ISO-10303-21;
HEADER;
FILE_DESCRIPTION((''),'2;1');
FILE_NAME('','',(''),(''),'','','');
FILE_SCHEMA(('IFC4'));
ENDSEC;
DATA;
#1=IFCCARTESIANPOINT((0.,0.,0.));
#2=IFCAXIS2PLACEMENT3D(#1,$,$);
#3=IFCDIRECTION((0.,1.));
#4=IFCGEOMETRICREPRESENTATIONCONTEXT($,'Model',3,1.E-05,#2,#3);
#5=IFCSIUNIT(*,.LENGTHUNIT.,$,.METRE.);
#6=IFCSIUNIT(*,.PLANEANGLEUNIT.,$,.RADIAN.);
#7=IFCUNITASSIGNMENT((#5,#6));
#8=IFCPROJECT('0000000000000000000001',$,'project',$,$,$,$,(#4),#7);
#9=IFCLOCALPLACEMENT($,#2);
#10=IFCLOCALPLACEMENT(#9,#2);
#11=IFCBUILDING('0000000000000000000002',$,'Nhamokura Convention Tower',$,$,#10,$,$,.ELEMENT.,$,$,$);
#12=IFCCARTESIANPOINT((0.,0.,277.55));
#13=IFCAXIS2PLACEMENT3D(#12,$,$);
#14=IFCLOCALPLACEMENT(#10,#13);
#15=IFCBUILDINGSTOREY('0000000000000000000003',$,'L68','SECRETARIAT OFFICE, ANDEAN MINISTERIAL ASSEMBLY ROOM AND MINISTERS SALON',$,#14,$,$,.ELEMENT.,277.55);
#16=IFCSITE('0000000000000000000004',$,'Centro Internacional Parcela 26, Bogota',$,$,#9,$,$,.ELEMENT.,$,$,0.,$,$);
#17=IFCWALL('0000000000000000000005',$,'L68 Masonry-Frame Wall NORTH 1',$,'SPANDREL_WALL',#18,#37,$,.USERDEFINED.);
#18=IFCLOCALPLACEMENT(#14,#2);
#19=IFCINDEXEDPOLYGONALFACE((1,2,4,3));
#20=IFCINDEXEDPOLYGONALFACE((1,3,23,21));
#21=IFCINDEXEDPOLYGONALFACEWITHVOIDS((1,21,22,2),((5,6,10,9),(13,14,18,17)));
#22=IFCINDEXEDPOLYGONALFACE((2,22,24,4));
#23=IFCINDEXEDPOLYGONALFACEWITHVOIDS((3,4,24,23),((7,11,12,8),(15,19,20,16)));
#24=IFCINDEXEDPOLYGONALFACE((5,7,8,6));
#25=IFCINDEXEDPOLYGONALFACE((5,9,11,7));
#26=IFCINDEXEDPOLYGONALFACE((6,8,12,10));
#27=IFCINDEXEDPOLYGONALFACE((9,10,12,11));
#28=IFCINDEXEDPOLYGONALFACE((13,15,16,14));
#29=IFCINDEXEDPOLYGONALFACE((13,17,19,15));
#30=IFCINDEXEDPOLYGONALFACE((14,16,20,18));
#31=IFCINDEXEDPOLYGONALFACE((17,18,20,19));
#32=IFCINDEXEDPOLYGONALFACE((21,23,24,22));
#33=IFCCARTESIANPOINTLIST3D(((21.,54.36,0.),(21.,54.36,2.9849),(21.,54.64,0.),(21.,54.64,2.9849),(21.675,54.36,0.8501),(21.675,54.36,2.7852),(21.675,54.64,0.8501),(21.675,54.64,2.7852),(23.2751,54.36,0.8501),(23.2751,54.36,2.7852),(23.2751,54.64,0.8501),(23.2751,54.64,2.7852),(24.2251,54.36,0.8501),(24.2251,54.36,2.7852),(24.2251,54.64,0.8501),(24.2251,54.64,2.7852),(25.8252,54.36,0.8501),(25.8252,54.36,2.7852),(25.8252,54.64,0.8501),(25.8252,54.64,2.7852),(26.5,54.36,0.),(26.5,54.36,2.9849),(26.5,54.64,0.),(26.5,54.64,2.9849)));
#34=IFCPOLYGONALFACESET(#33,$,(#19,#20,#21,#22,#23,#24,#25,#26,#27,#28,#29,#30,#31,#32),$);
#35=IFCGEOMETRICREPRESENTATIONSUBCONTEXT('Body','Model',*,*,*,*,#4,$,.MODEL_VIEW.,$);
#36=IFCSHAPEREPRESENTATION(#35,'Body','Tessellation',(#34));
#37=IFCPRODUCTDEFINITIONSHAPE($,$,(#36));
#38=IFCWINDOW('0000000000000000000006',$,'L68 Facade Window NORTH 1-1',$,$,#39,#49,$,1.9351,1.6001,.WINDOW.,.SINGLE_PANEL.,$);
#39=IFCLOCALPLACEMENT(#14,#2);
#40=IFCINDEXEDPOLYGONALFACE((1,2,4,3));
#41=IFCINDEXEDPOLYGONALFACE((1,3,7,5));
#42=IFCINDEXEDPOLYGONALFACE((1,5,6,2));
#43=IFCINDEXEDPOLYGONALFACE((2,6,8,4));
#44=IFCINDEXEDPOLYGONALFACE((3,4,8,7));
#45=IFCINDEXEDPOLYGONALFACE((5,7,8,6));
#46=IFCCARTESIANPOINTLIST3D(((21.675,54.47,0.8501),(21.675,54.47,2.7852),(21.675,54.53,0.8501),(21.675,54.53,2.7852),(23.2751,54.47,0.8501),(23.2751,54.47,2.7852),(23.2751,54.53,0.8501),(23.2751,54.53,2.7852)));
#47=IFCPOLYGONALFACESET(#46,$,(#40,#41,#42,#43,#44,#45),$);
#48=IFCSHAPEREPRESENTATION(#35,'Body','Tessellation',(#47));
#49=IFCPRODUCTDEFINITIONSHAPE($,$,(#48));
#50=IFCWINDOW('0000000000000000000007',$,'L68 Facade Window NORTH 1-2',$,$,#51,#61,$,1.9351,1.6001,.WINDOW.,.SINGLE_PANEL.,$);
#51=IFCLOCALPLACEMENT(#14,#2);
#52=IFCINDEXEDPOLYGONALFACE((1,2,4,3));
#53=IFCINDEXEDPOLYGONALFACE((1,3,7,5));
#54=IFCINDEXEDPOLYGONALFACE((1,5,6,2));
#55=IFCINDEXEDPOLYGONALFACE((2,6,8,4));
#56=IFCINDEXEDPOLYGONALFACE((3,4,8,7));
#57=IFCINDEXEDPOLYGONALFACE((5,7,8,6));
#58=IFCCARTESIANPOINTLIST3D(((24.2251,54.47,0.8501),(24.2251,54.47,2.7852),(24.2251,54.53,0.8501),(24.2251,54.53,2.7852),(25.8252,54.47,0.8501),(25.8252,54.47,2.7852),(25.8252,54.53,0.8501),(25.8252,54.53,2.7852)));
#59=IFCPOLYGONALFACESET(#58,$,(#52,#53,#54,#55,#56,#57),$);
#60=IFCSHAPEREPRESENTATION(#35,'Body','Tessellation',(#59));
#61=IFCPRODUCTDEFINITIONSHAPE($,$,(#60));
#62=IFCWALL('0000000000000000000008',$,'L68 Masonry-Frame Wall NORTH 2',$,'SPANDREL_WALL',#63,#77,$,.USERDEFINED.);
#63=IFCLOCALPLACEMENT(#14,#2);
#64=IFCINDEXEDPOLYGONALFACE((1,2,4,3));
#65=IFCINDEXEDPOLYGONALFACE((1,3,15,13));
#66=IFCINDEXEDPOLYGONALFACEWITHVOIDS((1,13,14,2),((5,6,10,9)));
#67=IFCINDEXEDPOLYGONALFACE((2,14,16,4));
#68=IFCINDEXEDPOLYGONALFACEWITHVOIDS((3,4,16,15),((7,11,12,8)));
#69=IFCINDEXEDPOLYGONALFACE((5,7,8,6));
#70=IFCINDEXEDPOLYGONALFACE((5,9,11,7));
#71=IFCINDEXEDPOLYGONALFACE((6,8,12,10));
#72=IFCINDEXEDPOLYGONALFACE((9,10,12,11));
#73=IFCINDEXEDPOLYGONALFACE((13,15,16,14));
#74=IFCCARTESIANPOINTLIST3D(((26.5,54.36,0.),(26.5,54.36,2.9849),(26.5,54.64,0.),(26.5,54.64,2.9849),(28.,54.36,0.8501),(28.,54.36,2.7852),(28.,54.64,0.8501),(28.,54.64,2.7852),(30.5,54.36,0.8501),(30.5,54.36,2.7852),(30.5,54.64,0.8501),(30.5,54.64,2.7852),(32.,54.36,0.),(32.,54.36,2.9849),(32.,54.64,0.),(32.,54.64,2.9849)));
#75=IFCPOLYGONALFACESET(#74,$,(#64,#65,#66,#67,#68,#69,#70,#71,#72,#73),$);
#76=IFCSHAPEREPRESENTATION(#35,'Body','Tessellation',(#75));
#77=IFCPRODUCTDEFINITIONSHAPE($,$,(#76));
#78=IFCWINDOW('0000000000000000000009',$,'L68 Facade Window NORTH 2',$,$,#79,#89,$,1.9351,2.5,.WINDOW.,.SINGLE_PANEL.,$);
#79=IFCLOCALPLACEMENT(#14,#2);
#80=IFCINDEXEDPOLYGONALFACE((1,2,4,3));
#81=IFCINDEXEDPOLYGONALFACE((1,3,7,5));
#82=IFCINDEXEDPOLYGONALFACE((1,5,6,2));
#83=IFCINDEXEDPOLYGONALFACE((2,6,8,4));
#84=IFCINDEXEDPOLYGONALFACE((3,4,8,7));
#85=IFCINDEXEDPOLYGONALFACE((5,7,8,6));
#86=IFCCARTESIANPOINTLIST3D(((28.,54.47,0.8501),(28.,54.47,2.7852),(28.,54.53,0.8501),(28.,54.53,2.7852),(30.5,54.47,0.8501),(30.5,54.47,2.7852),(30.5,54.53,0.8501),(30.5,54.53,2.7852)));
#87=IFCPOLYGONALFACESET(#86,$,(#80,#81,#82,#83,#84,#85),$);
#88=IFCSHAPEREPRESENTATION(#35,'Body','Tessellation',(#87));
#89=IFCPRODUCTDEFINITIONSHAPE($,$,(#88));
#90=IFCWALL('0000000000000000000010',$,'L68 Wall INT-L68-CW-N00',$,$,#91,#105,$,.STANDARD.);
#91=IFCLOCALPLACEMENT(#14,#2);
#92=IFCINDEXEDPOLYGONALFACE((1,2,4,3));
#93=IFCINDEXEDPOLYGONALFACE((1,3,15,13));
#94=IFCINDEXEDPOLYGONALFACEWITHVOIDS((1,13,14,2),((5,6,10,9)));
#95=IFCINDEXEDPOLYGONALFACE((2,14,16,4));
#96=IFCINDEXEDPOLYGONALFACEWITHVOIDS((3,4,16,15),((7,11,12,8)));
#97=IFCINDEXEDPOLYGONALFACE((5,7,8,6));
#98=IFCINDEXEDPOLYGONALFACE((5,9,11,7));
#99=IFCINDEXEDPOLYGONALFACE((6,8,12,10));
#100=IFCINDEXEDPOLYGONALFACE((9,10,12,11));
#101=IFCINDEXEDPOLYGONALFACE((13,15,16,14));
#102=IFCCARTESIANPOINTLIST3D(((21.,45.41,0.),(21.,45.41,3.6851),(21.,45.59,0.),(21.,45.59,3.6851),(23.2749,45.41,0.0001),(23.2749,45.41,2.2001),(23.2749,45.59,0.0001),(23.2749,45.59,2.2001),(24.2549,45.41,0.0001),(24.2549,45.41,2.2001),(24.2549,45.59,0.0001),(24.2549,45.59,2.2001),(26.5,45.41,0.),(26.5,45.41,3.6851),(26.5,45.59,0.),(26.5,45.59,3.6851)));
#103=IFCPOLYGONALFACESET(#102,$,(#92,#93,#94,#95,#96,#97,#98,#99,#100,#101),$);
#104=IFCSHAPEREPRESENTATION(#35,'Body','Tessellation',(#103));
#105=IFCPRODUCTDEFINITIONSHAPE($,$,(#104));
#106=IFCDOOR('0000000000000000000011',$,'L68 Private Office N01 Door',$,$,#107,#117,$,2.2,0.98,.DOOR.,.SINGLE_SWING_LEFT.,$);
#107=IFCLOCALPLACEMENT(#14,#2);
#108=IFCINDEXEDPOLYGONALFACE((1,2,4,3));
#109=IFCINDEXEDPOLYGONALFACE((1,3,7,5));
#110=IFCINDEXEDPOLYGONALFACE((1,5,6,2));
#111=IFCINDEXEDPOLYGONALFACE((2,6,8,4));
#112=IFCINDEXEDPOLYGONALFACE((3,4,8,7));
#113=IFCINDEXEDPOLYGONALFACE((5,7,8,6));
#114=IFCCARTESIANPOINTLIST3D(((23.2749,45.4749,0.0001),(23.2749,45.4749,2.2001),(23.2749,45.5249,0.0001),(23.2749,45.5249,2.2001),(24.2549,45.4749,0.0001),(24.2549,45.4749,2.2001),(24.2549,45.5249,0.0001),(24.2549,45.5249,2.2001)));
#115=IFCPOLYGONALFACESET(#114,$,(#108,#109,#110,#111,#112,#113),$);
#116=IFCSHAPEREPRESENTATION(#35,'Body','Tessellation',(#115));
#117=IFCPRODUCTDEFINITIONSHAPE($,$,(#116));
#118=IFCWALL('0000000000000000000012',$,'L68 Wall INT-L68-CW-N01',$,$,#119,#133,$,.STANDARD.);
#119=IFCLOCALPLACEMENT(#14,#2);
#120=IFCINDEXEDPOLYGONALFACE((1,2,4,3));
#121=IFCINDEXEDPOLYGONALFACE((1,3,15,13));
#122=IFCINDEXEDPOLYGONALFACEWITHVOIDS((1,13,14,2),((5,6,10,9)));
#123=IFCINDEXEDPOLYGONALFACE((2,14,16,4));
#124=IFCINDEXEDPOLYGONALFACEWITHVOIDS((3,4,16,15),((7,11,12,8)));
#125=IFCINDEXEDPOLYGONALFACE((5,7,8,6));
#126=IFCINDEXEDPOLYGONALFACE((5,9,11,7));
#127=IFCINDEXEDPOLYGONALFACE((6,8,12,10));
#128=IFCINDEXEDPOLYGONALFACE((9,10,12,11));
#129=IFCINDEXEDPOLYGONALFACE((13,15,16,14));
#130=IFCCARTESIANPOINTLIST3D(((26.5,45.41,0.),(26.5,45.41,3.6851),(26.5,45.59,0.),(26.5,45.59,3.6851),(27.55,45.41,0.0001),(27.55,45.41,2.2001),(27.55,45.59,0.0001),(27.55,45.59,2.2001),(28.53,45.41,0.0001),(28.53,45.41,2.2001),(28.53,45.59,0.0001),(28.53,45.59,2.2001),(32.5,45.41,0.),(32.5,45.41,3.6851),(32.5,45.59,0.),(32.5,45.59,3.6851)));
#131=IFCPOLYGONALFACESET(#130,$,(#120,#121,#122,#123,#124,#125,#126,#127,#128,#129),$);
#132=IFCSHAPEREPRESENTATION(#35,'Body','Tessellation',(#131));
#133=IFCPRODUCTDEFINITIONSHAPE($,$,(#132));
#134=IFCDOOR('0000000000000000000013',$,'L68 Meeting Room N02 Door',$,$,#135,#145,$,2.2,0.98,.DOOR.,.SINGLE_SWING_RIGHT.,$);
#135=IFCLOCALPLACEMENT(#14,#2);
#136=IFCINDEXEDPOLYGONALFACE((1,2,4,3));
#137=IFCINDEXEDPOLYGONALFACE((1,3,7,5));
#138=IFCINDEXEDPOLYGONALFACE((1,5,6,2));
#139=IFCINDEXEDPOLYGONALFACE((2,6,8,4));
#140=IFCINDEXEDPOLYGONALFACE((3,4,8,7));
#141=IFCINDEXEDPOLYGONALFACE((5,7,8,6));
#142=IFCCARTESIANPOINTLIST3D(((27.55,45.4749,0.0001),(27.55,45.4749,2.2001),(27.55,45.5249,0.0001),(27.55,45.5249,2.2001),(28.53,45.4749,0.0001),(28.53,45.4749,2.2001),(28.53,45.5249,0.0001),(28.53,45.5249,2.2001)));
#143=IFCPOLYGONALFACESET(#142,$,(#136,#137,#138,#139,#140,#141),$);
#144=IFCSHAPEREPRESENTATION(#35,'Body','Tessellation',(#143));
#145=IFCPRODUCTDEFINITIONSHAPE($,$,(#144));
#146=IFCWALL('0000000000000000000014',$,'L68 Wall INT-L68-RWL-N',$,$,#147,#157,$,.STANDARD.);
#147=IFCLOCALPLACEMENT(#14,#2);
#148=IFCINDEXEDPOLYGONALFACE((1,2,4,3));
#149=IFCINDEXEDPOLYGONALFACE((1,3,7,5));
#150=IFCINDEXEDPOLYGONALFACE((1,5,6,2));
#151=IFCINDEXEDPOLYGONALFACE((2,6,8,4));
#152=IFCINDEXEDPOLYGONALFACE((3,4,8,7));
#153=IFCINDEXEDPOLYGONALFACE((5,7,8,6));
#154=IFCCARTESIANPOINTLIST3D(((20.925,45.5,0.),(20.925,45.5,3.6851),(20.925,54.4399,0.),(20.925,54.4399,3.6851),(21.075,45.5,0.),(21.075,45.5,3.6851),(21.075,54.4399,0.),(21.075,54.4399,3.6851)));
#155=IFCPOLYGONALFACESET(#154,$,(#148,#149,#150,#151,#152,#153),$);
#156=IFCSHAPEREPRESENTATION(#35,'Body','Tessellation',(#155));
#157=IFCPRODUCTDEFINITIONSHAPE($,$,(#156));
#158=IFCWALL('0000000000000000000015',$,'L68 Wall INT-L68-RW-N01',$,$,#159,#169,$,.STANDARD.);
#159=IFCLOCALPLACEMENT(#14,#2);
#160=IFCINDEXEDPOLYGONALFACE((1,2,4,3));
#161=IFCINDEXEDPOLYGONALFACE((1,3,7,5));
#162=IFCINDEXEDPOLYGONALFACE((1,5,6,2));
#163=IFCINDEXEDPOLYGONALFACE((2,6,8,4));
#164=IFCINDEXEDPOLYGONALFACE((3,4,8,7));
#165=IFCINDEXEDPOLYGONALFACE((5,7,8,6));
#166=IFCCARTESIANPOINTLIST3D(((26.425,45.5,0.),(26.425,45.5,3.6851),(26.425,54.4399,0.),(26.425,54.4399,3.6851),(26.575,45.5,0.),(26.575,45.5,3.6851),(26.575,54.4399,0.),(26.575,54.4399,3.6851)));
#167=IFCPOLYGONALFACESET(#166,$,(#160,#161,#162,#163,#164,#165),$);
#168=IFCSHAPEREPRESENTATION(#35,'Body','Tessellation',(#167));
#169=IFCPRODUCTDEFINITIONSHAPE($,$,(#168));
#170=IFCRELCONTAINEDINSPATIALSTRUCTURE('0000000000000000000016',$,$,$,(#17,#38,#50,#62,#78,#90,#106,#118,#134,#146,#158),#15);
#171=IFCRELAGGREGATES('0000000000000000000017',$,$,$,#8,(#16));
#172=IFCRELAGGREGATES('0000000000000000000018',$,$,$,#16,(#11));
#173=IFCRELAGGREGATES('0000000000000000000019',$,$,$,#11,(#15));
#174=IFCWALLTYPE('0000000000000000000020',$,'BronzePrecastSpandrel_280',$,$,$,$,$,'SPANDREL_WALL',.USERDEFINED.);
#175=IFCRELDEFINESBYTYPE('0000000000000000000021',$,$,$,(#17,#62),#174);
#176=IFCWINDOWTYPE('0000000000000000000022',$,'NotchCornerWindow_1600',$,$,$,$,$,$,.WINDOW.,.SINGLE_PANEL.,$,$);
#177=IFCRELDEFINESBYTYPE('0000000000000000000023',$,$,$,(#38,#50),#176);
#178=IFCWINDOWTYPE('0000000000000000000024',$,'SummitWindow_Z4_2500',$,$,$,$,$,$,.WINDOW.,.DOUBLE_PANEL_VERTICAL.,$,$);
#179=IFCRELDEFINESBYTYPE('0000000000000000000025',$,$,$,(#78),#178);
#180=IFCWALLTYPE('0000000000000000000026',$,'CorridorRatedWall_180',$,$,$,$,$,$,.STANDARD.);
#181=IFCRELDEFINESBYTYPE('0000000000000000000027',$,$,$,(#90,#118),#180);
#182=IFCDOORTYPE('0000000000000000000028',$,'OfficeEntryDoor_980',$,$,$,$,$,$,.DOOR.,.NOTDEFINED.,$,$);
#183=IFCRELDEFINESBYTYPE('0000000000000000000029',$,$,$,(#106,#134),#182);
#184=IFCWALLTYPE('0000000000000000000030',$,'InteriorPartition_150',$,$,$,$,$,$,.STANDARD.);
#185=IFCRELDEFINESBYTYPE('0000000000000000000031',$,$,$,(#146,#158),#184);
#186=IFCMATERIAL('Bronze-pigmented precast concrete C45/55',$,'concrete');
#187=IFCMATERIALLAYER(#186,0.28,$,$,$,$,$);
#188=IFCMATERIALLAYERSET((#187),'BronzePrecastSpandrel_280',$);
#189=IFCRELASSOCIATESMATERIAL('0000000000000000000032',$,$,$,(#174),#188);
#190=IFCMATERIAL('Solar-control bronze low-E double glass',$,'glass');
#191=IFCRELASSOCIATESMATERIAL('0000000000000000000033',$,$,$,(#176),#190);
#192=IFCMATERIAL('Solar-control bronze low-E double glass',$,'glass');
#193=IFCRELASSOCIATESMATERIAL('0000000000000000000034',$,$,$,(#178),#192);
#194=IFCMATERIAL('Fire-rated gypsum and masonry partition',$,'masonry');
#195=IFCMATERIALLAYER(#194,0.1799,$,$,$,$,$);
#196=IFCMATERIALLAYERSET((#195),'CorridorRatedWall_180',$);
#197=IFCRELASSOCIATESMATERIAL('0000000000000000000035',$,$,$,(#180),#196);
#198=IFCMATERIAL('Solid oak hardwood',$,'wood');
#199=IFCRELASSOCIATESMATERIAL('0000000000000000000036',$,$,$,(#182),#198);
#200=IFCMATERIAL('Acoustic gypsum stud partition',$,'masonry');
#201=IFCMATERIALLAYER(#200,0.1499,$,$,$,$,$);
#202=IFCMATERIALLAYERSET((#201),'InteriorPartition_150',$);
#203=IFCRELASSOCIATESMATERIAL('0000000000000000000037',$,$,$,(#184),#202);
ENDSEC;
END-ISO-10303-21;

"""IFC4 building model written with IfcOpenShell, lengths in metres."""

from ifc_helpers import new_model, si_unit, direction, frame, frame_2d, origin, place, context, subcontext, project, spatial, rectangle, extrude, material, layer, layer_set, type_object, element, fill, save


model = new_model("IFC4")

# Units and contexts
model_context = context("Model", 3, precision=1e-05, world=origin(), true_north=direction((0.0, 1.0)))
body_context = subcontext(model_context, "Body", "Model", "MODEL_VIEW")
ifc_project = project(units=[si_unit("LENGTHUNIT", "METRE"), si_unit("PLANEANGLEUNIT", "RADIAN")], contexts=[model_context])

# Site, building, storey
site_placement = place(None, origin())
site = spatial("IfcSite", under=ifc_project, at=site_placement, Name="Centro Internacional Parcela 26, Bogota", CompositionType="ELEMENT", RefElevation=0.0)
building_placement = place(site_placement, origin())
building = spatial("IfcBuilding", under=site, at=building_placement, Name="Nhamokura Convention Tower", CompositionType="ELEMENT")
storey_placement = place(building_placement, frame((0.0, 0.0, 277.55)))
storey = spatial("IfcBuildingStorey", under=building, at=storey_placement, Name="L68", Description="SECRETARIAT OFFICE, ANDEAN MINISTERIAL ASSEMBLY ROOM AND MINISTERS SALON", CompositionType="ELEMENT", Elevation=277.55)

# Wall, openings, windows
ifc_material_1 = material(Name="Bronze-pigmented precast concrete C45/55", Category="concrete")
ifc_layer_1 = layer(ifc_material_1, 0.28)
ifc_layer_set_1 = layer_set([ifc_layer_1], Name="BronzePrecastSpandrel_280")
wall_type_1 = type_object("IfcWallType", Name="BronzePrecastSpandrel_280", ElementType="SPANDREL_WALL", PredefinedType="USERDEFINED", material=ifc_layer_set_1)
wall_1_placement = place(storey_placement, frame((21.0, 54.5, 0.0), z_axis=(0.0, 0.0, 1.0), x_axis=(1.0, 0.0, 0.0)))
wall_1 = element("IfcWall", 1, at=wall_1_placement, inside=storey, type_object=wall_type_1, Name="L68 Masonry-Frame Wall NORTH 1", ObjectType="SPANDREL_WALL", PredefinedType="USERDEFINED", context=body_context, shape_type="SweptSolid", body=[
    extrude(rectangle(XDim=5.5, YDim=0.28, at=frame_2d((2.75, 0.0))), origin(), (0.0, 0.0, 1.0), 2.9849),
])
opening_1_placement = place(wall_1_placement, frame((0.675, 0.0, 0.8501)))
opening_1 = element("IfcOpeningElement", 2, at=opening_1_placement, cuts=wall_1, PredefinedType="OPENING", context=body_context, shape_type="SweptSolid", body=[
    extrude(rectangle(XDim=1.6001, YDim=1.9351, at=frame_2d((0.8, 0.9675))), frame((0.0, 0.1499, 0.0), z_axis=(0.0, -1.0, 0.0), x_axis=(1.0, 0.0, 0.0)), (0.0, 0.0, 1.0), 0.3),
])
opening_2_placement = place(wall_1_placement, frame((3.2251, 0.0, 0.8501)))
opening_2 = element("IfcOpeningElement", 3, at=opening_2_placement, cuts=wall_1, PredefinedType="OPENING", context=body_context, shape_type="SweptSolid", body=[
    extrude(rectangle(XDim=1.6001, YDim=1.9351, at=frame_2d((0.8, 0.9675))), frame((0.0, 0.1499, 0.0), z_axis=(0.0, -1.0, 0.0), x_axis=(1.0, 0.0, 0.0)), (0.0, 0.0, 1.0), 0.3),
])
ifc_material_2 = material(Name="Solar-control bronze low-E double glass", Category="glass")
window_type_1 = type_object("IfcWindowType", Name="NotchCornerWindow_1600", PartitioningType="SINGLE_PANEL", PredefinedType="WINDOW", material=ifc_material_2)
window_1_placement = place(opening_1_placement, origin())
window_1 = element("IfcWindow", 4, at=window_1_placement, inside=storey, type_object=window_type_1, Name="L68 Facade Window NORTH 1-1", OverallHeight=1.9351, OverallWidth=1.6001, PartitioningType="SINGLE_PANEL", PredefinedType="WINDOW", context=body_context, shape_type="SweptSolid", body=[
    extrude(rectangle(XDim=1.6001, YDim=1.9351, at=frame_2d((0.8, 0.9675))), frame((0.0, 0.03, 0.0), z_axis=(0.0, -1.0, 0.0), x_axis=(1.0, 0.0, 0.0)), (0.0, 0.0, 1.0), 0.0601),
])
fill(opening_1, window_1)
window_2_placement = place(opening_2_placement, origin())
window_2 = element("IfcWindow", 5, at=window_2_placement, inside=storey, type_object=window_type_1, Name="L68 Facade Window NORTH 1-2", OverallHeight=1.9351, OverallWidth=1.6001, PartitioningType="SINGLE_PANEL", PredefinedType="WINDOW", context=body_context, shape_type="SweptSolid", body=[
    extrude(rectangle(XDim=1.6001, YDim=1.9351, at=frame_2d((0.8, 0.9675))), frame((0.0, 0.03, 0.0), z_axis=(0.0, -1.0, 0.0), x_axis=(1.0, 0.0, 0.0)), (0.0, 0.0, 1.0), 0.0601),
])
fill(opening_2, window_2)

# Wall, opening, window
wall_2_placement = place(storey_placement, frame((26.5, 54.5, 0.0), z_axis=(0.0, 0.0, 1.0), x_axis=(1.0, 0.0, 0.0)))
wall_2 = element("IfcWall", 6, at=wall_2_placement, inside=storey, type_object=wall_type_1, Name="L68 Masonry-Frame Wall NORTH 2", ObjectType="SPANDREL_WALL", PredefinedType="USERDEFINED", context=body_context, shape_type="SweptSolid", body=[
    extrude(rectangle(XDim=5.5, YDim=0.28, at=frame_2d((2.75, 0.0))), origin(), (0.0, 0.0, 1.0), 2.9849),
])
opening_3_placement = place(wall_2_placement, frame((1.5, 0.0, 0.8501)))
opening_3 = element("IfcOpeningElement", 7, at=opening_3_placement, cuts=wall_2, PredefinedType="OPENING", context=body_context, shape_type="SweptSolid", body=[
    extrude(rectangle(XDim=2.5, YDim=1.9351, at=frame_2d((1.25, 0.9675))), frame((0.0, 0.1499, 0.0), z_axis=(0.0, -1.0, 0.0), x_axis=(1.0, 0.0, 0.0)), (0.0, 0.0, 1.0), 0.3),
])
ifc_material_3 = material(Name="Solar-control bronze low-E double glass", Category="glass")
window_type_2 = type_object("IfcWindowType", Name="SummitWindow_Z4_2500", PartitioningType="DOUBLE_PANEL_VERTICAL", PredefinedType="WINDOW", material=ifc_material_3)
window_3_placement = place(opening_3_placement, origin())
window_3 = element("IfcWindow", 8, at=window_3_placement, inside=storey, type_object=window_type_2, Name="L68 Facade Window NORTH 2", OverallHeight=1.9351, OverallWidth=2.5, PartitioningType="SINGLE_PANEL", PredefinedType="WINDOW", context=body_context, shape_type="SweptSolid", body=[
    extrude(rectangle(XDim=2.5, YDim=1.9351, at=frame_2d((1.25, 0.9675))), frame((0.0, 0.03, 0.0), z_axis=(0.0, -1.0, 0.0), x_axis=(1.0, 0.0, 0.0)), (0.0, 0.0, 1.0), 0.0601),
])
fill(opening_3, window_3)

# Walls, openings, doors
ifc_material_4 = material(Name="Fire-rated gypsum and masonry partition", Category="masonry")
ifc_layer_2 = layer(ifc_material_4, 0.1799)
ifc_layer_set_2 = layer_set([ifc_layer_2], Name="CorridorRatedWall_180")
wall_type_2 = type_object("IfcWallType", Name="CorridorRatedWall_180", PredefinedType="STANDARD", material=ifc_layer_set_2)
wall_3_placement = place(storey_placement, frame((21.0, 45.5, 0.0), z_axis=(0.0, 0.0, 1.0), x_axis=(1.0, 0.0, 0.0)))
wall_3 = element("IfcWall", 9, at=wall_3_placement, inside=storey, type_object=wall_type_2, Name="L68 Wall INT-L68-CW-N00", PredefinedType="STANDARD", context=body_context, shape_type="SweptSolid", body=[
    extrude(rectangle(XDim=5.5, YDim=0.1799, at=frame_2d((2.75, 0.0))), origin(), (0.0, 0.0, 1.0), 3.6851),
])
opening_4_placement = place(wall_3_placement, frame((2.2749, 0.0, 0.0)))
opening_4 = element("IfcOpeningElement", 10, at=opening_4_placement, cuts=wall_3, PredefinedType="OPENING", context=body_context, shape_type="SweptSolid", body=[
    extrude(rectangle(XDim=0.98, YDim=2.2, at=frame_2d((0.49, 1.1001))), frame((0.0, 0.0999, 0.0), z_axis=(0.0, -1.0, 0.0), x_axis=(1.0, 0.0, 0.0)), (0.0, 0.0, 1.0), 0.2),
])
ifc_material_5 = material(Name="Solid oak hardwood", Category="wood")
door_type = type_object("IfcDoorType", Name="OfficeEntryDoor_980", OperationType="NOTDEFINED", PredefinedType="DOOR", material=ifc_material_5)
door_1_placement = place(opening_4_placement, origin())
door_1 = element("IfcDoor", 11, at=door_1_placement, inside=storey, type_object=door_type, Name="L68 Private Office N01 Door", OperationType="SINGLE_SWING_LEFT", OverallHeight=2.2, OverallWidth=0.98, PredefinedType="DOOR", context=body_context, shape_type="SweptSolid", body=[
    extrude(rectangle(XDim=0.98, YDim=2.2, at=frame_2d((0.49, 1.1001))), frame((0.0, 0.0249, 0.0), z_axis=(0.0, -1.0, 0.0), x_axis=(1.0, 0.0, 0.0)), (0.0, 0.0, 1.0), 0.05),
])
fill(opening_4, door_1)
wall_4_placement = place(storey_placement, frame((26.5, 45.5, 0.0), z_axis=(0.0, 0.0, 1.0), x_axis=(1.0, 0.0, 0.0)))
wall_4 = element("IfcWall", 12, at=wall_4_placement, inside=storey, type_object=wall_type_2, Name="L68 Wall INT-L68-CW-N01", PredefinedType="STANDARD", context=body_context, shape_type="SweptSolid", body=[
    extrude(rectangle(XDim=6.0, YDim=0.1799, at=frame_2d((3.0, 0.0))), origin(), (0.0, 0.0, 1.0), 3.6851),
])
opening_5_placement = place(wall_4_placement, frame((1.05, 0.0, 0.0)))
opening_5 = element("IfcOpeningElement", 13, at=opening_5_placement, cuts=wall_4, PredefinedType="OPENING", context=body_context, shape_type="SweptSolid", body=[
    extrude(rectangle(XDim=0.98, YDim=2.2, at=frame_2d((0.49, 1.1001))), frame((0.0, 0.0999, 0.0), z_axis=(0.0, -1.0, 0.0), x_axis=(1.0, 0.0, 0.0)), (0.0, 0.0, 1.0), 0.2),
])
door_2_placement = place(opening_5_placement, origin())
door_2 = element("IfcDoor", 14, at=door_2_placement, inside=storey, type_object=door_type, Name="L68 Meeting Room N02 Door", OperationType="SINGLE_SWING_RIGHT", OverallHeight=2.2, OverallWidth=0.98, PredefinedType="DOOR", context=body_context, shape_type="SweptSolid", body=[
    extrude(rectangle(XDim=0.98, YDim=2.2, at=frame_2d((0.49, 1.1001))), frame((0.0, 0.0249, 0.0), z_axis=(0.0, -1.0, 0.0), x_axis=(1.0, 0.0, 0.0)), (0.0, 0.0, 1.0), 0.05),
])
fill(opening_5, door_2)

# Walls
ifc_material_6 = material(Name="Acoustic gypsum stud partition", Category="masonry")
ifc_layer_3 = layer(ifc_material_6, 0.1499)
ifc_layer_set_3 = layer_set([ifc_layer_3], Name="InteriorPartition_150")
wall_type_3 = type_object("IfcWallType", Name="InteriorPartition_150", PredefinedType="STANDARD", material=ifc_layer_set_3)
for number, where, z_axis, x_axis, name in (
    (15, (21.0, 45.5, 0.0), (0.0, 0.0, 1.0), (0.0, 1.0, 0.0), "L68 Wall INT-L68-RWL-N"),
    (16, (26.5, 45.5, 0.0), (0.0, 0.0, 1.0), (0.0, 1.0, 0.0), "L68 Wall INT-L68-RW-N01"),
):
    element("IfcWall", number, at=place(storey_placement, frame(where, z_axis=z_axis, x_axis=x_axis)), inside=storey, type_object=wall_type_3, Name=name, PredefinedType="STANDARD", context=body_context, shape_type="SweptSolid", body=[
        extrude(rectangle(XDim=8.9399, YDim=0.1499, at=frame_2d((4.47, 0.0))), origin(), (0.0, 0.0, 1.0), 3.6851),
    ])

save(model, "model.ifc")
